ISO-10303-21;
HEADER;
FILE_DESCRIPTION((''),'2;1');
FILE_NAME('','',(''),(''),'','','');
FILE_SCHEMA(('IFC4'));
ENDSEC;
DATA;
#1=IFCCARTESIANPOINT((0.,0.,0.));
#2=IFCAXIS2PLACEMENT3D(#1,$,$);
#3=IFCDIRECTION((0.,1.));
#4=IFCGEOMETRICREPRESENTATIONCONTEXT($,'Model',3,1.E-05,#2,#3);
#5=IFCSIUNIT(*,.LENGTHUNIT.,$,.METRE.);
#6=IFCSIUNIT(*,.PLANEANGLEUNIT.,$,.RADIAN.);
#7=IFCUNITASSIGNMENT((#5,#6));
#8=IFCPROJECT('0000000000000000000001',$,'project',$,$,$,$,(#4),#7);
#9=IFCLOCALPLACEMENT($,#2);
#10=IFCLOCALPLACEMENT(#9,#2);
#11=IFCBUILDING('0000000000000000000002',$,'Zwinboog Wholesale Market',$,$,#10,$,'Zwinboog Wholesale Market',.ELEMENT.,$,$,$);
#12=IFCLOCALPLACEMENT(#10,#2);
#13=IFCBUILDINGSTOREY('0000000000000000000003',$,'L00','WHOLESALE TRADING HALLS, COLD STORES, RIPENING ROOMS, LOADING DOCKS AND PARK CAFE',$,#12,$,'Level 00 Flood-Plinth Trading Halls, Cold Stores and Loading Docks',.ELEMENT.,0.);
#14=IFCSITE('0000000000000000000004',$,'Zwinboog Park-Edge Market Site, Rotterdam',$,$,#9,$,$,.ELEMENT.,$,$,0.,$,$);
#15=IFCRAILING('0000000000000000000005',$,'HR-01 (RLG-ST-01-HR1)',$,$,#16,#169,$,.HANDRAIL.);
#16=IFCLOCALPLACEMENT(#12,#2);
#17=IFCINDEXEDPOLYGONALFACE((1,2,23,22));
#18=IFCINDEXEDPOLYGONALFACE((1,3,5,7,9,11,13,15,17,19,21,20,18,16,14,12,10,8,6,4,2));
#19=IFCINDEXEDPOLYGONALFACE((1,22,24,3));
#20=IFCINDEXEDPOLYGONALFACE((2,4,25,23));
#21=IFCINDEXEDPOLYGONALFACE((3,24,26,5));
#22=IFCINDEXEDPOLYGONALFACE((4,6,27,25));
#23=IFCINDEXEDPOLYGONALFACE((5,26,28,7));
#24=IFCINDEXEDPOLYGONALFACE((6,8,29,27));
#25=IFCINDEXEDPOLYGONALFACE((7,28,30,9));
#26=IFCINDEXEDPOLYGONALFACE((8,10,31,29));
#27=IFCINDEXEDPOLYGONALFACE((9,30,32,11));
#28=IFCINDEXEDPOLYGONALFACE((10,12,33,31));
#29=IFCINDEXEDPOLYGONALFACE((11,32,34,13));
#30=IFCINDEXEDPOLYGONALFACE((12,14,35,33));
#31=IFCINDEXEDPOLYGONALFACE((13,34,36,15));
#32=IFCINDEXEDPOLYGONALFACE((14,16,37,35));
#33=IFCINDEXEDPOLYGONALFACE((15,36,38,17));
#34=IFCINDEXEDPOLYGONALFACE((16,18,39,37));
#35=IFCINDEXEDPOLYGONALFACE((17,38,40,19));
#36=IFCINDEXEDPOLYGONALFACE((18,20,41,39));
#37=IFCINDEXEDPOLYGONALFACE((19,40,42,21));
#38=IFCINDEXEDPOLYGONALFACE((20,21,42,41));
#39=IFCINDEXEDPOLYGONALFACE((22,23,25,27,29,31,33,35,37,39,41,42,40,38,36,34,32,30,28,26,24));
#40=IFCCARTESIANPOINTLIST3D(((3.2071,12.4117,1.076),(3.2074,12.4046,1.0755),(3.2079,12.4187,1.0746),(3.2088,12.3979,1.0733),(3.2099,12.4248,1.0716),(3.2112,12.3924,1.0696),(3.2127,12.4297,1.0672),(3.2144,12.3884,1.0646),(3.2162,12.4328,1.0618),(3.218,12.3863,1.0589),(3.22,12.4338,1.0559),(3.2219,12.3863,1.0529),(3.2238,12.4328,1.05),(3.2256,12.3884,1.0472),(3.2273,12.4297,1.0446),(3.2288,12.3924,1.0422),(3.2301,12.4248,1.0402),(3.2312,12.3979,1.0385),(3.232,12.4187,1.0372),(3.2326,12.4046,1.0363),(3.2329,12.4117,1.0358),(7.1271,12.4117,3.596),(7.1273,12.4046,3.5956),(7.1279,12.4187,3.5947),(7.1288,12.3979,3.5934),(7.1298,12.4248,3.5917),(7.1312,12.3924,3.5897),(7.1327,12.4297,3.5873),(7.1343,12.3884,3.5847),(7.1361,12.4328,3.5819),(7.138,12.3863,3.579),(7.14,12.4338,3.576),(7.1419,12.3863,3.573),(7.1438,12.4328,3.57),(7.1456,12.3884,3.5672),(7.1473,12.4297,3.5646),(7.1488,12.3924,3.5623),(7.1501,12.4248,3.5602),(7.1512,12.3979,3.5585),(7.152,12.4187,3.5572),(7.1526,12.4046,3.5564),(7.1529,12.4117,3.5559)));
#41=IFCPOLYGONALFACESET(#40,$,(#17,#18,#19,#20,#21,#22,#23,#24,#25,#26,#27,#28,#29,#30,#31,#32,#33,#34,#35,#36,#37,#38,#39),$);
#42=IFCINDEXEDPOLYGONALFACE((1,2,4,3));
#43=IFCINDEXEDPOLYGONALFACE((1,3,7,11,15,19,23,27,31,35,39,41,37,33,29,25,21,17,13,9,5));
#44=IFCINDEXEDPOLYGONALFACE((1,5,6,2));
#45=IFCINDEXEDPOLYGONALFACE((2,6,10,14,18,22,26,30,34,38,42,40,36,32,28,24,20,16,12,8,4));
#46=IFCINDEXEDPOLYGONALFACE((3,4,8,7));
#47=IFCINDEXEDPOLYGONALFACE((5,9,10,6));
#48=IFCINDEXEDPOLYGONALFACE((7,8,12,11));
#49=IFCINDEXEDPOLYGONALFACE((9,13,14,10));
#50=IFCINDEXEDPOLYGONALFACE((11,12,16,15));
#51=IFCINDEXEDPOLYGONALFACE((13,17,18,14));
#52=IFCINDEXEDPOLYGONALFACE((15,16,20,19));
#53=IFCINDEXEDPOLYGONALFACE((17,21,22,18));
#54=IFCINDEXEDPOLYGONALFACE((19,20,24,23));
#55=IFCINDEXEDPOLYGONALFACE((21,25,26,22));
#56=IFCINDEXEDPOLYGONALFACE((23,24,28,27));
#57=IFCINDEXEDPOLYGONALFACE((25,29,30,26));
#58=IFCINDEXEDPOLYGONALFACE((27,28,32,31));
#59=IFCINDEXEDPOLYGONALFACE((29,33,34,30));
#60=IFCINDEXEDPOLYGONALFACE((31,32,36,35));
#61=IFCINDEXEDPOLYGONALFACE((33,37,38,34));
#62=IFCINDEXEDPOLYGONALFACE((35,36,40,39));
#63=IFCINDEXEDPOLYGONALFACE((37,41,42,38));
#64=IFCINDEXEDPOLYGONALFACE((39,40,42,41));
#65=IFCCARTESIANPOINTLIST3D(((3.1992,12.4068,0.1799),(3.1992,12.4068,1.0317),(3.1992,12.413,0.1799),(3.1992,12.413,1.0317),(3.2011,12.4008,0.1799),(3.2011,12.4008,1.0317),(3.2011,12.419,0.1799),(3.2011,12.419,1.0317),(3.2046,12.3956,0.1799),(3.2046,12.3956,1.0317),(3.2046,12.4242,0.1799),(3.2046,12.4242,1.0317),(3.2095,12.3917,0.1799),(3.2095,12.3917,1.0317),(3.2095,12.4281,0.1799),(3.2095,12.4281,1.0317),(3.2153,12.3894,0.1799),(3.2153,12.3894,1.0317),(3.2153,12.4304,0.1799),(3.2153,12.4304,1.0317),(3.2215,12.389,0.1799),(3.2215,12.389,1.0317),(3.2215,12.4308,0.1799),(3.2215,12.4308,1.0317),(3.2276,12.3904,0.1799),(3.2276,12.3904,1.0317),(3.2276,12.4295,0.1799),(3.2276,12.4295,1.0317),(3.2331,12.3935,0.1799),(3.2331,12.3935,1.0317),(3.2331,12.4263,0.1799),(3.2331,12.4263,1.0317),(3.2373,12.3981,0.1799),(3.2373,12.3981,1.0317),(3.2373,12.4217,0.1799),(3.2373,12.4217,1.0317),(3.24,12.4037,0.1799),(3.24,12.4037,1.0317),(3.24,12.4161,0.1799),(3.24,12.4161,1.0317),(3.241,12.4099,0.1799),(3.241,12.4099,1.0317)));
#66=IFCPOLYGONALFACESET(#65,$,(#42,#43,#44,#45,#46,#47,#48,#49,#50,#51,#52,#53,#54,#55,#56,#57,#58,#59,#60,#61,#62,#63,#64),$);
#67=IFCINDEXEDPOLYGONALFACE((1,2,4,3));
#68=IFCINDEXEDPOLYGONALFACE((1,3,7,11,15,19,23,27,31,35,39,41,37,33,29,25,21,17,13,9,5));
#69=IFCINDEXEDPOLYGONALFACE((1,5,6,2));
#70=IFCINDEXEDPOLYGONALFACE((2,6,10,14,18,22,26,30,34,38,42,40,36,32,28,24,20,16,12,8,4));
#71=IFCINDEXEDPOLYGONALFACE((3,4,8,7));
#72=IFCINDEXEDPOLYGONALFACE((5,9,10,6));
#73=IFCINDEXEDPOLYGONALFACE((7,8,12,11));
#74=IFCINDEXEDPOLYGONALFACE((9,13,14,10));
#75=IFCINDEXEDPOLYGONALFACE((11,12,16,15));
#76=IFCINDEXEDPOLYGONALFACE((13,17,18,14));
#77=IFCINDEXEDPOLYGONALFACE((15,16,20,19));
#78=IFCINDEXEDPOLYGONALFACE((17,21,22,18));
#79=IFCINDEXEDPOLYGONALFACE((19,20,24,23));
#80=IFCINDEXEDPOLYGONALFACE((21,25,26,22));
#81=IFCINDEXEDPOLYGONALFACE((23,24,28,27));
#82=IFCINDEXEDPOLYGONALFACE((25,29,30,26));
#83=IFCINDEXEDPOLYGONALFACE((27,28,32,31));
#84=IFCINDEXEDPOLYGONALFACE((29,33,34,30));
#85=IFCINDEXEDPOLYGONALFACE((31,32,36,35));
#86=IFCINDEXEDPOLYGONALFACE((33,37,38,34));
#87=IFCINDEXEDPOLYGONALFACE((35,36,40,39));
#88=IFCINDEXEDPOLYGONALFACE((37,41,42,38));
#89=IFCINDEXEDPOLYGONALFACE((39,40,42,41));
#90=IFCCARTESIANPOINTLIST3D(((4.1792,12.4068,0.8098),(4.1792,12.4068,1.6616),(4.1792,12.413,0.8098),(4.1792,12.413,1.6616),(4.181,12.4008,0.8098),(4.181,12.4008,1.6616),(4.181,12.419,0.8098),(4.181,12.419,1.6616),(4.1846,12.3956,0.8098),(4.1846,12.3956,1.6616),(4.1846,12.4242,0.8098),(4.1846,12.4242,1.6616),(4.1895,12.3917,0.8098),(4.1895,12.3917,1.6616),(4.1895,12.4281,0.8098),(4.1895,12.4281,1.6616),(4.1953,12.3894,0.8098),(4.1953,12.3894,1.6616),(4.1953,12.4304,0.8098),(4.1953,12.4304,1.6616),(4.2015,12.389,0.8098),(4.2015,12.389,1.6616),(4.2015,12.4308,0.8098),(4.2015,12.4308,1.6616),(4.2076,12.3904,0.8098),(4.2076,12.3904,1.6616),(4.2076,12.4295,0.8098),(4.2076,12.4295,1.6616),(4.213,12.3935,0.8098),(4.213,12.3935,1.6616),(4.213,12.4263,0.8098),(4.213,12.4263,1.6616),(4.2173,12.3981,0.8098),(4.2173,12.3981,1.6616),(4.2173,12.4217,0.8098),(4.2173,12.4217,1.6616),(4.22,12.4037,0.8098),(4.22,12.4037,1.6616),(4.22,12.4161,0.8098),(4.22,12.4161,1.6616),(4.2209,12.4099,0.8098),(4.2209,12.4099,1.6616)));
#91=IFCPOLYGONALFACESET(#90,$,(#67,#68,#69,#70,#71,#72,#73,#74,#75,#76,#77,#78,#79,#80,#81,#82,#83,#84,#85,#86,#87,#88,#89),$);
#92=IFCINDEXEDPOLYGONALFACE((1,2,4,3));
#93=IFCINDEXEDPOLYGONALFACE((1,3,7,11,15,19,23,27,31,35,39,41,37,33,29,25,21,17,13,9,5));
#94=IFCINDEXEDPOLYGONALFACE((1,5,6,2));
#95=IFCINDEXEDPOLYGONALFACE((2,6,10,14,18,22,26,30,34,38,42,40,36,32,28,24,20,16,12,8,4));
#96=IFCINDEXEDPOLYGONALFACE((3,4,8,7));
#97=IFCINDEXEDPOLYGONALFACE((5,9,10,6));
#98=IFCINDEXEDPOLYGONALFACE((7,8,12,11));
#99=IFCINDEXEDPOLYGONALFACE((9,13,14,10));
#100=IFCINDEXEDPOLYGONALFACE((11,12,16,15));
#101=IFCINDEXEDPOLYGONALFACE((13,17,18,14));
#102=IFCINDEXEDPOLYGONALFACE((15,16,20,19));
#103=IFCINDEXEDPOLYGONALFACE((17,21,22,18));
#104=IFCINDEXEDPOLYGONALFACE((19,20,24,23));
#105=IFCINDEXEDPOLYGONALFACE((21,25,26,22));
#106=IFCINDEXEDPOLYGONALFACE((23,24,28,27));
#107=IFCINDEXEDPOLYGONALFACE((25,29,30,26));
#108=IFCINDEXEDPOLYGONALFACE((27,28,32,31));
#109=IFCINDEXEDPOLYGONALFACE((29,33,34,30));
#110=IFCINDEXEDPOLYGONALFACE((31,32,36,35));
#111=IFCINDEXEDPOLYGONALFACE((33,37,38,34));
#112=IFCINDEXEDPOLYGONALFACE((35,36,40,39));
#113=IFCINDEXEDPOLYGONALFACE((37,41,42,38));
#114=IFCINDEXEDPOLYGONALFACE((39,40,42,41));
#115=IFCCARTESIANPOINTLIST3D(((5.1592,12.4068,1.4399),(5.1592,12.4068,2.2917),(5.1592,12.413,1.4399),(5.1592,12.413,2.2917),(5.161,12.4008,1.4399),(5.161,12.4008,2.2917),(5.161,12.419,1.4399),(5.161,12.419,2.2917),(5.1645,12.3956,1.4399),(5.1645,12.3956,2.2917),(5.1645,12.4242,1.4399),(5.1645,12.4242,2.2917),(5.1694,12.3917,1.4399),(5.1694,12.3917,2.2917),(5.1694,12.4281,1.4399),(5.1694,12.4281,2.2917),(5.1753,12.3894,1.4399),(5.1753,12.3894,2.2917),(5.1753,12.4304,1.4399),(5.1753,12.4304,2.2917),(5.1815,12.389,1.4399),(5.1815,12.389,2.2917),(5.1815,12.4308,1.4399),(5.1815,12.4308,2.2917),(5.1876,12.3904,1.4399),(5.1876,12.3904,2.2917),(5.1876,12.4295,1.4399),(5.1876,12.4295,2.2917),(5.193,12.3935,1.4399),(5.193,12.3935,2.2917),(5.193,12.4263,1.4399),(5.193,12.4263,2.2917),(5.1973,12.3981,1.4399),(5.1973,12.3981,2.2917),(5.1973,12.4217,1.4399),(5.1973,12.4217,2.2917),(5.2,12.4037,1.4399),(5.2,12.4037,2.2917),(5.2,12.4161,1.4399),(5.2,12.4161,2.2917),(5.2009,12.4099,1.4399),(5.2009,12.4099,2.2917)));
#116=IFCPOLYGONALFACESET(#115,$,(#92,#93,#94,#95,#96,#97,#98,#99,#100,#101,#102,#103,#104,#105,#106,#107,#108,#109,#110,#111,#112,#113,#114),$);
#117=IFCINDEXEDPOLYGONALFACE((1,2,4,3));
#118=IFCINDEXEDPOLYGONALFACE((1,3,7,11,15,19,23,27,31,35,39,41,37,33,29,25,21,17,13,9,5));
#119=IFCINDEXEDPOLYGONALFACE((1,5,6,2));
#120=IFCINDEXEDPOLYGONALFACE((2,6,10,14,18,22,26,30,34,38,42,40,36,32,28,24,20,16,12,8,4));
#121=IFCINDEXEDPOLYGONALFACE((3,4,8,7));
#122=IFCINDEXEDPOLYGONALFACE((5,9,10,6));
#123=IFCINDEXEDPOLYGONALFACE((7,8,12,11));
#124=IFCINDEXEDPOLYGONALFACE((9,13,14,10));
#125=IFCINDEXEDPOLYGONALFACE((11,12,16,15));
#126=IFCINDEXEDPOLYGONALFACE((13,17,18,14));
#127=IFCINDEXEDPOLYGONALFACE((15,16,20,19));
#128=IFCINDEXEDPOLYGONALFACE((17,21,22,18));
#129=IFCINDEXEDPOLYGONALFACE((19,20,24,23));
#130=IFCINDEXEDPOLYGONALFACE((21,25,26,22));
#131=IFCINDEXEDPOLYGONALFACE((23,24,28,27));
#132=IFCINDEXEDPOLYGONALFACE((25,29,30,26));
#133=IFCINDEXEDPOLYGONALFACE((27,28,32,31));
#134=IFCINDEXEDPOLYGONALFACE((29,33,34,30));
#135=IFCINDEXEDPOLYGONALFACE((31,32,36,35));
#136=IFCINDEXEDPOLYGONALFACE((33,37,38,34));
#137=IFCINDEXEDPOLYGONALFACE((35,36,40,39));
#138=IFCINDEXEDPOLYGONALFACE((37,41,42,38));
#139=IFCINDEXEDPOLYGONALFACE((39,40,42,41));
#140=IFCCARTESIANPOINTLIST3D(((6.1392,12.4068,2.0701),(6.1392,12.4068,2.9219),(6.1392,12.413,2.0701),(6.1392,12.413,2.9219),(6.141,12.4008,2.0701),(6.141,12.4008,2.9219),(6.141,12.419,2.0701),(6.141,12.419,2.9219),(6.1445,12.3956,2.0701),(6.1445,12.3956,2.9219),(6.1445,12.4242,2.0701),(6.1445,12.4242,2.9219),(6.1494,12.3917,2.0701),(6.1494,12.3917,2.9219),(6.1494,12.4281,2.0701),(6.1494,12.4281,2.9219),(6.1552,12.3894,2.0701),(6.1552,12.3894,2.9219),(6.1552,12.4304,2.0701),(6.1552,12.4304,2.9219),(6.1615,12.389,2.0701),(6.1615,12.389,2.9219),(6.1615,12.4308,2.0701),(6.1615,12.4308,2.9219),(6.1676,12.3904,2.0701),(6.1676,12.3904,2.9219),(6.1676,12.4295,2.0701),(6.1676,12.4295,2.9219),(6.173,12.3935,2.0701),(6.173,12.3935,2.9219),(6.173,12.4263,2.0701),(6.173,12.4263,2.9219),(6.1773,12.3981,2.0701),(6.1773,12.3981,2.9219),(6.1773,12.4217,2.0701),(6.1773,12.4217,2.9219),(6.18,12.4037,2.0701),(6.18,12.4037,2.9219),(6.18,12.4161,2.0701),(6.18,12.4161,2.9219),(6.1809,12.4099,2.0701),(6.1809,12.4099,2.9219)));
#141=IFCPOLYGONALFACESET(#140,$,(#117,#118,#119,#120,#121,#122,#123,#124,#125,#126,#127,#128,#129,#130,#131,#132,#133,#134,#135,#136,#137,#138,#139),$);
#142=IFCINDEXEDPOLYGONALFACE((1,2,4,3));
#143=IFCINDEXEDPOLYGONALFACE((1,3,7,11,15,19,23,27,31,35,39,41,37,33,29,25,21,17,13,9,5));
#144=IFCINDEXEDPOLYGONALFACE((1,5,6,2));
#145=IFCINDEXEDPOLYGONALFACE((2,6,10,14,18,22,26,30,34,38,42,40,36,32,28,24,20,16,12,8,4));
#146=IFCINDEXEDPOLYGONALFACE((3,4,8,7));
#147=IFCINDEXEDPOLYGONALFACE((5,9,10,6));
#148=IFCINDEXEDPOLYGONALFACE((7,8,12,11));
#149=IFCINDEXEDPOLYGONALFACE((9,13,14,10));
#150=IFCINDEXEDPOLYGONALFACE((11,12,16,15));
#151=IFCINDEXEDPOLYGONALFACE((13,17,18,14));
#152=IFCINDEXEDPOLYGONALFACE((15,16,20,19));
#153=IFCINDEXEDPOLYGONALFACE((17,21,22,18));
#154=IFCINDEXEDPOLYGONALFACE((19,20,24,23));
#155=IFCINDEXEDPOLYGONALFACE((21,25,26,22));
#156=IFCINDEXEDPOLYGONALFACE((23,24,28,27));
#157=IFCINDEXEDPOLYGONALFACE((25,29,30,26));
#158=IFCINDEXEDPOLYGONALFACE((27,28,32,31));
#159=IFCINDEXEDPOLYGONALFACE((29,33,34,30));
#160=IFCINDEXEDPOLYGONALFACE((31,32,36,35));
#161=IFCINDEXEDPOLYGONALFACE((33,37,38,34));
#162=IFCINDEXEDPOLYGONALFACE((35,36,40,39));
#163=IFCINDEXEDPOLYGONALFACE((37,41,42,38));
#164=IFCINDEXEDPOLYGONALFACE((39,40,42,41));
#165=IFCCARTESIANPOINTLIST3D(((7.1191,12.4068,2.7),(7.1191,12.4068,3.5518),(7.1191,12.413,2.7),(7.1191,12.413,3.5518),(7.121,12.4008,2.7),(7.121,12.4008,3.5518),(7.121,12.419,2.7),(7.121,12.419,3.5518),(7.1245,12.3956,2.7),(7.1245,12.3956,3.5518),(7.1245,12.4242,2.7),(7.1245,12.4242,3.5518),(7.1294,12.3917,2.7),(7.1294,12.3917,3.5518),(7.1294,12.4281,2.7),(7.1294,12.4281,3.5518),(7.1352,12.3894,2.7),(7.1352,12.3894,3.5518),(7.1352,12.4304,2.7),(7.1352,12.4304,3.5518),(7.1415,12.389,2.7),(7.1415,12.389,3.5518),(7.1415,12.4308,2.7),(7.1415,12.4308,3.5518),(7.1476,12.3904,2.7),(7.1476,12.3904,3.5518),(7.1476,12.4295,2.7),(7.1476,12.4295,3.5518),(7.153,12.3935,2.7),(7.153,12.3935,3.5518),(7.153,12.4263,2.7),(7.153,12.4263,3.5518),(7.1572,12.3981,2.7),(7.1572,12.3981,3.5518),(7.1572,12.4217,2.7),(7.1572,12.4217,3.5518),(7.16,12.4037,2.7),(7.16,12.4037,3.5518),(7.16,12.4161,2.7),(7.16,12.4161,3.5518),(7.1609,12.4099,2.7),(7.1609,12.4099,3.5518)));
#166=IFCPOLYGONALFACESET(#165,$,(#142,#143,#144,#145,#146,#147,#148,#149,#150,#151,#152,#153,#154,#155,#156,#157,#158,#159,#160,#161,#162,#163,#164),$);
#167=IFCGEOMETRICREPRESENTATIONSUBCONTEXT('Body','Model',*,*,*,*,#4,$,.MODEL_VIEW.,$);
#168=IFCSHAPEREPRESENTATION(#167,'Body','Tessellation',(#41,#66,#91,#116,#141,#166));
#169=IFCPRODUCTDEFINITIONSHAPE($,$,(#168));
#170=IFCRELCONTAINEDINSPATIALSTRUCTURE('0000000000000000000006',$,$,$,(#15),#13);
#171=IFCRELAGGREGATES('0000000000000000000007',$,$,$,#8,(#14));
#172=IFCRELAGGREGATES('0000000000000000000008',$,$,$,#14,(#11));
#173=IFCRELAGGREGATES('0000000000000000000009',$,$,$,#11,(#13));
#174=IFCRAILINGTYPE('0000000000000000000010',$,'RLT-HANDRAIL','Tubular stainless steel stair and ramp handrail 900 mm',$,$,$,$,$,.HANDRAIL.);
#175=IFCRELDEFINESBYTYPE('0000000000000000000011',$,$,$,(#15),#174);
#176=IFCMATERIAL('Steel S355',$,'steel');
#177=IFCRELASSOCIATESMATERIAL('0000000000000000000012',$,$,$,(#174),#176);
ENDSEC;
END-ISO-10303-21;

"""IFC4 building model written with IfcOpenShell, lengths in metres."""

from ifc_helpers import new_model, si_unit, direction, frame, origin, origin_2d, place, context, subcontext, project, spatial, circle, extrude, material, type_object, element, save


model = new_model("IFC4")

# Units and contexts
model_context = context("Model", 3, precision=1e-05, world=origin(), true_north=direction((0.0, 1.0)))
body_context = subcontext(model_context, "Body", "Model", "MODEL_VIEW")
ifc_project = project(units=[si_unit("LENGTHUNIT", "METRE"), si_unit("PLANEANGLEUNIT", "RADIAN")], contexts=[model_context])

# Site, building, storey
site_placement = place(None, origin())
site = spatial("IfcSite", under=ifc_project, at=site_placement, Name="Zwinboog Park-Edge Market Site, Rotterdam", CompositionType="ELEMENT", RefElevation=0.0)
building_placement = place(site_placement, origin())
building = spatial("IfcBuilding", under=site, at=building_placement, Name="Zwinboog Wholesale Market", LongName="Zwinboog Wholesale Market", CompositionType="ELEMENT")
storey_placement = place(building_placement, origin())
storey = spatial("IfcBuildingStorey", under=building, at=storey_placement, Name="L00", Description="WHOLESALE TRADING HALLS, COLD STORES, RIPENING ROOMS, LOADING DOCKS AND PARK CAFE", LongName="Level 00 Flood-Plinth Trading Halls, Cold Stores and Loading Docks", CompositionType="ELEMENT", Elevation=0.0)

# Railing
ifc_material_1 = material(Name="Steel S355", Category="steel")
railing_type_1 = type_object("IfcRailingType", Name="RLT-HANDRAIL", Description="Tubular stainless steel stair and ramp handrail 900 mm", PredefinedType="HANDRAIL", material=ifc_material_1)
railing_1_placement = place(storey_placement, frame((3.22, 12.4099, 0.1799)))
element("IfcRailing", 1, at=railing_1_placement, inside=storey, type_object=railing_type_1, Name="HR-01 (RLG-ST-01-HR1)", PredefinedType="HANDRAIL", context=body_context, shape_type="SweptSolid", body=[
    extrude(circle(Radius=0.0239, at=origin_2d()), frame((0.0, 0.0, 0.876), z_axis=(0.841172, 0.0, 0.540768), x_axis=(0.0, 1.0, 0.0)), (0.0, 0.0, 1.0), 4.6602),
    extrude(circle(Radius=0.021, at=origin_2d()), origin(), (0.0, 0.0, 1.0), 0.8518),
    extrude(circle(Radius=0.021, at=origin_2d()), frame((0.98, 0.0, 0.6299)), (0.0, 0.0, 1.0), 0.8518),
    extrude(circle(Radius=0.021, at=origin_2d()), frame((1.96, 0.0, 1.26)), (0.0, 0.0, 1.0), 0.8518),
    extrude(circle(Radius=0.021, at=origin_2d()), frame((2.9399, 0.0, 1.8901)), (0.0, 0.0, 1.0), 0.8518),
    extrude(circle(Radius=0.021, at=origin_2d()), frame((3.9199, 0.0, 2.52)), (0.0, 0.0, 1.0), 0.8518),
])

save(model, "model.ifc")
